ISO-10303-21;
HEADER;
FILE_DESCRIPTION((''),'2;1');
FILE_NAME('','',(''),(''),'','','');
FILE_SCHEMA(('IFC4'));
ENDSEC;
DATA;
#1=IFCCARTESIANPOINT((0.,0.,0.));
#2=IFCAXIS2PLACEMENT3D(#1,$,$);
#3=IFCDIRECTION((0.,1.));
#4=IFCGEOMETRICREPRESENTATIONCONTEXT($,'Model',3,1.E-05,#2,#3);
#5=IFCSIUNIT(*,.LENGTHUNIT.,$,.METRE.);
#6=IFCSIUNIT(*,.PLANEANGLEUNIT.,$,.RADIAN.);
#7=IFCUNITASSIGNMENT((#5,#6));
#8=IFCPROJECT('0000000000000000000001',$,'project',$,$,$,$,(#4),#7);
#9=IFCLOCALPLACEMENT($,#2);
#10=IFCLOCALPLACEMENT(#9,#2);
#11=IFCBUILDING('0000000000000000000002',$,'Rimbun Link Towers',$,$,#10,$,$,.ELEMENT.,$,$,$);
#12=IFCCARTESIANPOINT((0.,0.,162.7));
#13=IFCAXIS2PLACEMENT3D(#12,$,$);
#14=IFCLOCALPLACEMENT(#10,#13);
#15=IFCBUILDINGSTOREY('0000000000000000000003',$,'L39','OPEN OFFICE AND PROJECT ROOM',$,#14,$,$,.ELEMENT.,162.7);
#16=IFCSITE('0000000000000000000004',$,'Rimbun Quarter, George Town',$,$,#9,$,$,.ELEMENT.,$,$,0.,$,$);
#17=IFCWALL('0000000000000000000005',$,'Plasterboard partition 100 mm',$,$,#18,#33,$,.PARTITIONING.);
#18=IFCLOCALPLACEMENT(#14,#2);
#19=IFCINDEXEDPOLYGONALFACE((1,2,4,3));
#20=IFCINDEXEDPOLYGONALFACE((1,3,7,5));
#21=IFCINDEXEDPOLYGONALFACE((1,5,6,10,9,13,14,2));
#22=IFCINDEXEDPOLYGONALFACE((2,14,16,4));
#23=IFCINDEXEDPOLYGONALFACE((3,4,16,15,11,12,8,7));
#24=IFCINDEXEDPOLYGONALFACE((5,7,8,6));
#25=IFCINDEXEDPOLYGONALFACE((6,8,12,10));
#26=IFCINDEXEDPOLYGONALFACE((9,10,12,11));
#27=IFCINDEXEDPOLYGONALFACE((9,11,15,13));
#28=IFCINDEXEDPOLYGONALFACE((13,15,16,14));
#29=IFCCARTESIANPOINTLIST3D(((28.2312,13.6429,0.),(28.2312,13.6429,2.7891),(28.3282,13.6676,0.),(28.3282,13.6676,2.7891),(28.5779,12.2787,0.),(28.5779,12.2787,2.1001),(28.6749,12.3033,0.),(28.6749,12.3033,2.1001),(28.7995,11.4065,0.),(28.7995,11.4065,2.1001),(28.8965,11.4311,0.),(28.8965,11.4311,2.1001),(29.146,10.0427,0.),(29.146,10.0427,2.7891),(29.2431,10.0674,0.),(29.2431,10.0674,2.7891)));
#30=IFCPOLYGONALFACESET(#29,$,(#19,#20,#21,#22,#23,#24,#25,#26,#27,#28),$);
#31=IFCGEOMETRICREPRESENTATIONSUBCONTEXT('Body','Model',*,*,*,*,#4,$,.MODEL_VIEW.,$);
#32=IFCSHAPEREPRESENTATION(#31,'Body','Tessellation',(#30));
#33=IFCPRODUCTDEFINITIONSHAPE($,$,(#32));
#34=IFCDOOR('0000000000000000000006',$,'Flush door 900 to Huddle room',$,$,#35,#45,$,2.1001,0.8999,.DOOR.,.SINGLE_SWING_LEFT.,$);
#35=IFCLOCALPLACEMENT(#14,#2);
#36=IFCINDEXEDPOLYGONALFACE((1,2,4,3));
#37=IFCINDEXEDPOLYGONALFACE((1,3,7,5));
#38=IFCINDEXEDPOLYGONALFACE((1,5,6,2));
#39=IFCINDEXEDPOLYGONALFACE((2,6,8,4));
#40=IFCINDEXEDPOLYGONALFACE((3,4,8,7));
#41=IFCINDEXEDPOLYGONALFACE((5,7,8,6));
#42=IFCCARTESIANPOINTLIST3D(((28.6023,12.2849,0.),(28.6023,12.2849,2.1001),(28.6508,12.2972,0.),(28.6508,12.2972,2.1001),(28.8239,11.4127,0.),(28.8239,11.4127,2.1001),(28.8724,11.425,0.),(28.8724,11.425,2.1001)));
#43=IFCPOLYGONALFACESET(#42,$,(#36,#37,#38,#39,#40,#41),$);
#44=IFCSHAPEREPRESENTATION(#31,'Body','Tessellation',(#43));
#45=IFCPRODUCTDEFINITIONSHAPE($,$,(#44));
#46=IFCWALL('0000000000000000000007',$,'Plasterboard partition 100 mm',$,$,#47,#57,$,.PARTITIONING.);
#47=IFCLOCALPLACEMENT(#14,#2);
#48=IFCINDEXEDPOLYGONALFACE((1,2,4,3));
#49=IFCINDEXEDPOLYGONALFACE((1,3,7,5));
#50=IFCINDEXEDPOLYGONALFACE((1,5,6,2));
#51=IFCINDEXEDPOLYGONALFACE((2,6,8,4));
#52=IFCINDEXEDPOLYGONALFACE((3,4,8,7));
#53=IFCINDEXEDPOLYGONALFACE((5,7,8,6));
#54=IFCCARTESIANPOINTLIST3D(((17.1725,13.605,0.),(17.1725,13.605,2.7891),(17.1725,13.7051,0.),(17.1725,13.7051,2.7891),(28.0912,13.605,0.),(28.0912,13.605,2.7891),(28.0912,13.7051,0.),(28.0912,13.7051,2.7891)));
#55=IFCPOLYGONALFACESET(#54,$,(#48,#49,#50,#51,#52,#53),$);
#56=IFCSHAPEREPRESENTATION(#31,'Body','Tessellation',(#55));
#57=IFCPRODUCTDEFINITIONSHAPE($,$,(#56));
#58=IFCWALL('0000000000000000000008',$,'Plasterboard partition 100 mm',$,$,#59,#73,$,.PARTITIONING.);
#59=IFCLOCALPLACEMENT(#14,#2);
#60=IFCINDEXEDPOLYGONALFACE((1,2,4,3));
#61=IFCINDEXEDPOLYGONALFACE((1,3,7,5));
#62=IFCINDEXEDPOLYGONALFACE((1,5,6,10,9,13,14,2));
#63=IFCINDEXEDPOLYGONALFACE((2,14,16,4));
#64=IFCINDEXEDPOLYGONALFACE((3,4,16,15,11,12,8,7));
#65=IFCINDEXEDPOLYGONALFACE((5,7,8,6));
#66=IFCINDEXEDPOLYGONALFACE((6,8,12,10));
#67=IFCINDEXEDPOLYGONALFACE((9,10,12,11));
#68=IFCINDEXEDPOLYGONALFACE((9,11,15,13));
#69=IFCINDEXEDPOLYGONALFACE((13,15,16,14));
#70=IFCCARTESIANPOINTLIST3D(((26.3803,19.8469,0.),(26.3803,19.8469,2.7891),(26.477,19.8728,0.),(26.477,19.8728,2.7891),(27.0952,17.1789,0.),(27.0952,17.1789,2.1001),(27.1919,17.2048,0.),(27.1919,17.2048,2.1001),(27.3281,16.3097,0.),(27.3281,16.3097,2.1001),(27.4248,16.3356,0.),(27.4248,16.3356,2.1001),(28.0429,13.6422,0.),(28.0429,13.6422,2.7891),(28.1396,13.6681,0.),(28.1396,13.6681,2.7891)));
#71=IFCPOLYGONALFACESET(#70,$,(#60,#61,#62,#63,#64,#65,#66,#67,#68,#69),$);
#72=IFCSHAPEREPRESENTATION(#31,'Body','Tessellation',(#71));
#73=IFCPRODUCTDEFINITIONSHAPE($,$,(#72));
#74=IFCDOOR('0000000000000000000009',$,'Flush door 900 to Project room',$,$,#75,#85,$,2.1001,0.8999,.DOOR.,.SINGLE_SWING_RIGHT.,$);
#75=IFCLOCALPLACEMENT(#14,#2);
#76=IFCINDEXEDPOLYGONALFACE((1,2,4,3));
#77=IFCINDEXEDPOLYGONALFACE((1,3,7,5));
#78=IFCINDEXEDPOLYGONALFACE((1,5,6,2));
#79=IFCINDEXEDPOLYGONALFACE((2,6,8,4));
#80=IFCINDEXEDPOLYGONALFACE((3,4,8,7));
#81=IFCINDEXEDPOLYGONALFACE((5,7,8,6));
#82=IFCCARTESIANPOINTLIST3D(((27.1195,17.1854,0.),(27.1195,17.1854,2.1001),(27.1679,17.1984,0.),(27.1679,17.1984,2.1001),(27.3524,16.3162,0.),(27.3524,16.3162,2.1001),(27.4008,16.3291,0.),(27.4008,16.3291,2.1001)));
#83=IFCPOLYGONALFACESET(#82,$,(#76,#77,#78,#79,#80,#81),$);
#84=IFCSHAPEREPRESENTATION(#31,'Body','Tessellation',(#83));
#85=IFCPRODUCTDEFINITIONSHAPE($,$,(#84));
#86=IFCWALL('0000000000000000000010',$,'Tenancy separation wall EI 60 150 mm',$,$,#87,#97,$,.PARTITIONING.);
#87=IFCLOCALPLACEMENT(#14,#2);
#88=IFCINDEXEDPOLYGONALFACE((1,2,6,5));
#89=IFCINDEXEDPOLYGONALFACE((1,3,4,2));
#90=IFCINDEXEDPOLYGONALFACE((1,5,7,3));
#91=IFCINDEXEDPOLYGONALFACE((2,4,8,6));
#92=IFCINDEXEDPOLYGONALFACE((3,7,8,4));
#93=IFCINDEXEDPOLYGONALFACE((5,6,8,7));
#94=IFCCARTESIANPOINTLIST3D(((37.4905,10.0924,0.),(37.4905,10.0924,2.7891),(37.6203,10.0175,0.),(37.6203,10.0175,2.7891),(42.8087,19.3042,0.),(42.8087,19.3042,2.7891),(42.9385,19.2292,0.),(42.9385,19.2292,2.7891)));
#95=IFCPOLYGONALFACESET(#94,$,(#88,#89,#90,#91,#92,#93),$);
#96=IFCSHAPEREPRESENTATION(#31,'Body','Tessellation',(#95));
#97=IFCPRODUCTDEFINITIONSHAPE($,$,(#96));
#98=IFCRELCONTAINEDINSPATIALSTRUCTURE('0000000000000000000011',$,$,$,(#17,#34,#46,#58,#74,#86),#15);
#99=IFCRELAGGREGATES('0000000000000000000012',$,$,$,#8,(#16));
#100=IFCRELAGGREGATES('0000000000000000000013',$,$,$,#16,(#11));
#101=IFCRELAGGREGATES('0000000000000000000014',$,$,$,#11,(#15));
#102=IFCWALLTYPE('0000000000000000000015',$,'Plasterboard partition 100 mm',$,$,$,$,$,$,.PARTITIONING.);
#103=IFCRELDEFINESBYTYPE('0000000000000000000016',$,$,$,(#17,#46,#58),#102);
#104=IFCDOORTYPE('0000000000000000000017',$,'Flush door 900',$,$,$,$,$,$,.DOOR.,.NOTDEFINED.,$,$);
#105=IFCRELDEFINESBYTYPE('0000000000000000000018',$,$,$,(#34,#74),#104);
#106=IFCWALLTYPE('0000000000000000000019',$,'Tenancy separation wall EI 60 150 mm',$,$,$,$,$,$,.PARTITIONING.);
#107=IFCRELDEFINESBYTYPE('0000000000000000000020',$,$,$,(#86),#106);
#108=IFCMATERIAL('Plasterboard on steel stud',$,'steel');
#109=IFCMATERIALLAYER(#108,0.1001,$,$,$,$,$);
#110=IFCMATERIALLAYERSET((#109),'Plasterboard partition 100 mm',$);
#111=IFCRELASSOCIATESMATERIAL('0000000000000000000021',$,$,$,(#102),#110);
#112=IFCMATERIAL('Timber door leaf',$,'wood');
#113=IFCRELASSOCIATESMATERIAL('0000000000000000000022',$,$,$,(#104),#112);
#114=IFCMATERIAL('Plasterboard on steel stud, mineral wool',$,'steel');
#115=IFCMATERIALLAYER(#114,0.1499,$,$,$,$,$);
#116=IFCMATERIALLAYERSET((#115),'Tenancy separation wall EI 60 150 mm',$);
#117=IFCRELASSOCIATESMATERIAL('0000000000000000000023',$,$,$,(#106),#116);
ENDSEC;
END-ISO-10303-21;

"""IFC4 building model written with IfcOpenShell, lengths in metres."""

from ifc_helpers import new_model, si_unit, direction, frame, frame_2d, origin, place, context, subcontext, project, spatial, rectangle, extrude, material, layer, layer_set, type_object, element, fill, save


model = new_model("IFC4")

# Units and contexts
model_context = context("Model", 3, precision=1e-05, world=origin(), true_north=direction((0.0, 1.0)))
body_context = subcontext(model_context, "Body", "Model", "MODEL_VIEW")
ifc_project = project(units=[si_unit("LENGTHUNIT", "METRE"), si_unit("PLANEANGLEUNIT", "RADIAN")], contexts=[model_context])

# Site, building, storey
site_placement = place(None, origin())
site = spatial("IfcSite", under=ifc_project, at=site_placement, Name="Rimbun Quarter, George Town", CompositionType="ELEMENT", RefElevation=0.0)
building_placement = place(site_placement, origin())
building = spatial("IfcBuilding", under=site, at=building_placement, Name="Rimbun Link Towers", CompositionType="ELEMENT")
storey_placement = place(building_placement, frame((0.0, 0.0, 162.7)))
storey = spatial("IfcBuildingStorey", under=building, at=storey_placement, Name="L39", Description="OPEN OFFICE AND PROJECT ROOM", CompositionType="ELEMENT", Elevation=162.7)

# Wall, opening, door
ifc_material_1 = material(Name="Plasterboard on steel stud", Category="steel")
ifc_layer_1 = layer(ifc_material_1, 0.1001)
ifc_layer_set_1 = layer_set([ifc_layer_1], Name="Plasterboard partition 100 mm")
wall_type_1 = type_object("IfcWallType", Name="Plasterboard partition 100 mm", PredefinedType="PARTITIONING", material=ifc_layer_set_1)
ifc_material_2 = material(Name="Timber door leaf", Category="wood")
door_type_1 = type_object("IfcDoorType", Name="Flush door 900", OperationType="NOTDEFINED", PredefinedType="DOOR", material=ifc_material_2)
wall_1_placement = place(storey_placement, frame((29.1946, 10.0549, 0.0), z_axis=(0.0, 0.0, 1.0), x_axis=(-0.246276, 0.9692, 0.0)))
wall_1 = element("IfcWall", 1, at=wall_1_placement, inside=storey, type_object=wall_type_1, Name="Plasterboard partition 100 mm", PredefinedType="PARTITIONING", context=body_context, shape_type="SweptSolid", body=[
    extrude(rectangle(XDim=3.7146, YDim=0.1001, at=frame_2d((1.8574, 0.0))), origin(), (0.0, 0.0, 1.0), 2.7891),
])
opening_1_placement = place(wall_1_placement, frame((1.4072, 0.0, 0.0)))
opening_1 = element("IfcOpeningElement", 2, at=opening_1_placement, cuts=wall_1, PredefinedType="OPENING", context=body_context, shape_type="SweptSolid", body=[
    extrude(rectangle(XDim=0.8999, YDim=2.1001, at=frame_2d((0.45, 1.05))), frame((0.0, 0.0601, 0.0), z_axis=(0.0, -1.0, 0.0), x_axis=(1.0, 0.0, 0.0)), (0.0, 0.0, 1.0), 0.1201),
])
door_1_placement = place(opening_1_placement, origin())
door_1 = element("IfcDoor", 3, at=door_1_placement, inside=storey, type_object=door_type_1, Name="Flush door 900 to Huddle room", OperationType="SINGLE_SWING_LEFT", OverallHeight=2.1001, OverallWidth=0.8999, PredefinedType="DOOR", context=body_context, shape_type="SweptSolid", body=[
    extrude(rectangle(XDim=0.8999, YDim=2.1001, at=frame_2d((0.45, 1.05))), frame((0.0, 0.0249, 0.0), z_axis=(0.0, -1.0, 0.0), x_axis=(1.0, 0.0, 0.0)), (0.0, 0.0, 1.0), 0.05),
])
fill(opening_1, door_1)

# Wall
wall_2_placement = place(storey_placement, frame((28.0913, 13.655, 0.0), z_axis=(0.0, 0.0, 1.0), x_axis=(-1.0, 0.0, 0.0)))
element("IfcWall", 4, at=wall_2_placement, inside=storey, type_object=wall_type_1, Name="Plasterboard partition 100 mm", PredefinedType="PARTITIONING", context=body_context, shape_type="SweptSolid", body=[
    extrude(rectangle(XDim=10.9187, YDim=0.1001, at=frame_2d((5.4595, 0.0))), origin(), (0.0, 0.0, 1.0), 2.7891),
])

# Wall, opening, door
wall_3_placement = place(storey_placement, frame((28.0913, 13.655, 0.0), z_axis=(0.0, 0.0, 1.0), x_axis=(-0.258831, 0.965923, 0.0)))
wall_3 = element("IfcWall", 5, at=wall_3_placement, inside=storey, type_object=wall_type_1, Name="Plasterboard partition 100 mm", PredefinedType="PARTITIONING", context=body_context, shape_type="SweptSolid", body=[
    extrude(rectangle(XDim=6.4236, YDim=0.1001, at=frame_2d((3.2119, 0.0))), origin(), (0.0, 0.0, 1.0), 2.7891),
])
opening_2_placement = place(wall_3_placement, frame((2.7617, 0.0, 0.0)))
opening_2 = element("IfcOpeningElement", 6, at=opening_2_placement, cuts=wall_3, PredefinedType="OPENING", context=body_context, shape_type="SweptSolid", body=[
    extrude(rectangle(XDim=0.8999, YDim=2.1001, at=frame_2d((0.45, 1.05))), frame((0.0, 0.0601, 0.0), z_axis=(0.0, -1.0, 0.0), x_axis=(1.0, 0.0, 0.0)), (0.0, 0.0, 1.0), 0.1201),
])
door_2_placement = place(opening_2_placement, origin())
door_2 = element("IfcDoor", 7, at=door_2_placement, inside=storey, type_object=door_type_1, Name="Flush door 900 to Project room", OperationType="SINGLE_SWING_RIGHT", OverallHeight=2.1001, OverallWidth=0.8999, PredefinedType="DOOR", context=body_context, shape_type="SweptSolid", body=[
    extrude(rectangle(XDim=0.8999, YDim=2.1001, at=frame_2d((0.45, 1.05))), frame((0.0, 0.0249, 0.0), z_axis=(0.0, -1.0, 0.0), x_axis=(1.0, 0.0, 0.0)), (0.0, 0.0, 1.0), 0.05),
])
fill(opening_2, door_2)

# Wall
ifc_material_3 = material(Name="Plasterboard on steel stud, mineral wool", Category="steel")
ifc_layer_2 = layer(ifc_material_3, 0.1499)
ifc_layer_set_2 = layer_set([ifc_layer_2], Name="Tenancy separation wall EI 60 150 mm")
wall_type_2 = type_object("IfcWallType", Name="Tenancy separation wall EI 60 150 mm", PredefinedType="PARTITIONING", material=ifc_layer_set_2)
wall_4_placement = place(storey_placement, frame((37.5554, 10.0549, 0.0), z_axis=(0.0, 0.0, 1.0), x_axis=(0.499983, 0.866035, 0.0)))
element("IfcWall", 8, at=wall_4_placement, inside=storey, type_object=wall_type_2, Name="Tenancy separation wall EI 60 150 mm", PredefinedType="PARTITIONING", context=body_context, shape_type="SweptSolid", body=[
    extrude(rectangle(XDim=10.6367, YDim=0.1499, at=frame_2d((5.3184, 0.0))), origin(), (0.0, 0.0, 1.0), 2.7891),
])

save(model, "model.ifc")
